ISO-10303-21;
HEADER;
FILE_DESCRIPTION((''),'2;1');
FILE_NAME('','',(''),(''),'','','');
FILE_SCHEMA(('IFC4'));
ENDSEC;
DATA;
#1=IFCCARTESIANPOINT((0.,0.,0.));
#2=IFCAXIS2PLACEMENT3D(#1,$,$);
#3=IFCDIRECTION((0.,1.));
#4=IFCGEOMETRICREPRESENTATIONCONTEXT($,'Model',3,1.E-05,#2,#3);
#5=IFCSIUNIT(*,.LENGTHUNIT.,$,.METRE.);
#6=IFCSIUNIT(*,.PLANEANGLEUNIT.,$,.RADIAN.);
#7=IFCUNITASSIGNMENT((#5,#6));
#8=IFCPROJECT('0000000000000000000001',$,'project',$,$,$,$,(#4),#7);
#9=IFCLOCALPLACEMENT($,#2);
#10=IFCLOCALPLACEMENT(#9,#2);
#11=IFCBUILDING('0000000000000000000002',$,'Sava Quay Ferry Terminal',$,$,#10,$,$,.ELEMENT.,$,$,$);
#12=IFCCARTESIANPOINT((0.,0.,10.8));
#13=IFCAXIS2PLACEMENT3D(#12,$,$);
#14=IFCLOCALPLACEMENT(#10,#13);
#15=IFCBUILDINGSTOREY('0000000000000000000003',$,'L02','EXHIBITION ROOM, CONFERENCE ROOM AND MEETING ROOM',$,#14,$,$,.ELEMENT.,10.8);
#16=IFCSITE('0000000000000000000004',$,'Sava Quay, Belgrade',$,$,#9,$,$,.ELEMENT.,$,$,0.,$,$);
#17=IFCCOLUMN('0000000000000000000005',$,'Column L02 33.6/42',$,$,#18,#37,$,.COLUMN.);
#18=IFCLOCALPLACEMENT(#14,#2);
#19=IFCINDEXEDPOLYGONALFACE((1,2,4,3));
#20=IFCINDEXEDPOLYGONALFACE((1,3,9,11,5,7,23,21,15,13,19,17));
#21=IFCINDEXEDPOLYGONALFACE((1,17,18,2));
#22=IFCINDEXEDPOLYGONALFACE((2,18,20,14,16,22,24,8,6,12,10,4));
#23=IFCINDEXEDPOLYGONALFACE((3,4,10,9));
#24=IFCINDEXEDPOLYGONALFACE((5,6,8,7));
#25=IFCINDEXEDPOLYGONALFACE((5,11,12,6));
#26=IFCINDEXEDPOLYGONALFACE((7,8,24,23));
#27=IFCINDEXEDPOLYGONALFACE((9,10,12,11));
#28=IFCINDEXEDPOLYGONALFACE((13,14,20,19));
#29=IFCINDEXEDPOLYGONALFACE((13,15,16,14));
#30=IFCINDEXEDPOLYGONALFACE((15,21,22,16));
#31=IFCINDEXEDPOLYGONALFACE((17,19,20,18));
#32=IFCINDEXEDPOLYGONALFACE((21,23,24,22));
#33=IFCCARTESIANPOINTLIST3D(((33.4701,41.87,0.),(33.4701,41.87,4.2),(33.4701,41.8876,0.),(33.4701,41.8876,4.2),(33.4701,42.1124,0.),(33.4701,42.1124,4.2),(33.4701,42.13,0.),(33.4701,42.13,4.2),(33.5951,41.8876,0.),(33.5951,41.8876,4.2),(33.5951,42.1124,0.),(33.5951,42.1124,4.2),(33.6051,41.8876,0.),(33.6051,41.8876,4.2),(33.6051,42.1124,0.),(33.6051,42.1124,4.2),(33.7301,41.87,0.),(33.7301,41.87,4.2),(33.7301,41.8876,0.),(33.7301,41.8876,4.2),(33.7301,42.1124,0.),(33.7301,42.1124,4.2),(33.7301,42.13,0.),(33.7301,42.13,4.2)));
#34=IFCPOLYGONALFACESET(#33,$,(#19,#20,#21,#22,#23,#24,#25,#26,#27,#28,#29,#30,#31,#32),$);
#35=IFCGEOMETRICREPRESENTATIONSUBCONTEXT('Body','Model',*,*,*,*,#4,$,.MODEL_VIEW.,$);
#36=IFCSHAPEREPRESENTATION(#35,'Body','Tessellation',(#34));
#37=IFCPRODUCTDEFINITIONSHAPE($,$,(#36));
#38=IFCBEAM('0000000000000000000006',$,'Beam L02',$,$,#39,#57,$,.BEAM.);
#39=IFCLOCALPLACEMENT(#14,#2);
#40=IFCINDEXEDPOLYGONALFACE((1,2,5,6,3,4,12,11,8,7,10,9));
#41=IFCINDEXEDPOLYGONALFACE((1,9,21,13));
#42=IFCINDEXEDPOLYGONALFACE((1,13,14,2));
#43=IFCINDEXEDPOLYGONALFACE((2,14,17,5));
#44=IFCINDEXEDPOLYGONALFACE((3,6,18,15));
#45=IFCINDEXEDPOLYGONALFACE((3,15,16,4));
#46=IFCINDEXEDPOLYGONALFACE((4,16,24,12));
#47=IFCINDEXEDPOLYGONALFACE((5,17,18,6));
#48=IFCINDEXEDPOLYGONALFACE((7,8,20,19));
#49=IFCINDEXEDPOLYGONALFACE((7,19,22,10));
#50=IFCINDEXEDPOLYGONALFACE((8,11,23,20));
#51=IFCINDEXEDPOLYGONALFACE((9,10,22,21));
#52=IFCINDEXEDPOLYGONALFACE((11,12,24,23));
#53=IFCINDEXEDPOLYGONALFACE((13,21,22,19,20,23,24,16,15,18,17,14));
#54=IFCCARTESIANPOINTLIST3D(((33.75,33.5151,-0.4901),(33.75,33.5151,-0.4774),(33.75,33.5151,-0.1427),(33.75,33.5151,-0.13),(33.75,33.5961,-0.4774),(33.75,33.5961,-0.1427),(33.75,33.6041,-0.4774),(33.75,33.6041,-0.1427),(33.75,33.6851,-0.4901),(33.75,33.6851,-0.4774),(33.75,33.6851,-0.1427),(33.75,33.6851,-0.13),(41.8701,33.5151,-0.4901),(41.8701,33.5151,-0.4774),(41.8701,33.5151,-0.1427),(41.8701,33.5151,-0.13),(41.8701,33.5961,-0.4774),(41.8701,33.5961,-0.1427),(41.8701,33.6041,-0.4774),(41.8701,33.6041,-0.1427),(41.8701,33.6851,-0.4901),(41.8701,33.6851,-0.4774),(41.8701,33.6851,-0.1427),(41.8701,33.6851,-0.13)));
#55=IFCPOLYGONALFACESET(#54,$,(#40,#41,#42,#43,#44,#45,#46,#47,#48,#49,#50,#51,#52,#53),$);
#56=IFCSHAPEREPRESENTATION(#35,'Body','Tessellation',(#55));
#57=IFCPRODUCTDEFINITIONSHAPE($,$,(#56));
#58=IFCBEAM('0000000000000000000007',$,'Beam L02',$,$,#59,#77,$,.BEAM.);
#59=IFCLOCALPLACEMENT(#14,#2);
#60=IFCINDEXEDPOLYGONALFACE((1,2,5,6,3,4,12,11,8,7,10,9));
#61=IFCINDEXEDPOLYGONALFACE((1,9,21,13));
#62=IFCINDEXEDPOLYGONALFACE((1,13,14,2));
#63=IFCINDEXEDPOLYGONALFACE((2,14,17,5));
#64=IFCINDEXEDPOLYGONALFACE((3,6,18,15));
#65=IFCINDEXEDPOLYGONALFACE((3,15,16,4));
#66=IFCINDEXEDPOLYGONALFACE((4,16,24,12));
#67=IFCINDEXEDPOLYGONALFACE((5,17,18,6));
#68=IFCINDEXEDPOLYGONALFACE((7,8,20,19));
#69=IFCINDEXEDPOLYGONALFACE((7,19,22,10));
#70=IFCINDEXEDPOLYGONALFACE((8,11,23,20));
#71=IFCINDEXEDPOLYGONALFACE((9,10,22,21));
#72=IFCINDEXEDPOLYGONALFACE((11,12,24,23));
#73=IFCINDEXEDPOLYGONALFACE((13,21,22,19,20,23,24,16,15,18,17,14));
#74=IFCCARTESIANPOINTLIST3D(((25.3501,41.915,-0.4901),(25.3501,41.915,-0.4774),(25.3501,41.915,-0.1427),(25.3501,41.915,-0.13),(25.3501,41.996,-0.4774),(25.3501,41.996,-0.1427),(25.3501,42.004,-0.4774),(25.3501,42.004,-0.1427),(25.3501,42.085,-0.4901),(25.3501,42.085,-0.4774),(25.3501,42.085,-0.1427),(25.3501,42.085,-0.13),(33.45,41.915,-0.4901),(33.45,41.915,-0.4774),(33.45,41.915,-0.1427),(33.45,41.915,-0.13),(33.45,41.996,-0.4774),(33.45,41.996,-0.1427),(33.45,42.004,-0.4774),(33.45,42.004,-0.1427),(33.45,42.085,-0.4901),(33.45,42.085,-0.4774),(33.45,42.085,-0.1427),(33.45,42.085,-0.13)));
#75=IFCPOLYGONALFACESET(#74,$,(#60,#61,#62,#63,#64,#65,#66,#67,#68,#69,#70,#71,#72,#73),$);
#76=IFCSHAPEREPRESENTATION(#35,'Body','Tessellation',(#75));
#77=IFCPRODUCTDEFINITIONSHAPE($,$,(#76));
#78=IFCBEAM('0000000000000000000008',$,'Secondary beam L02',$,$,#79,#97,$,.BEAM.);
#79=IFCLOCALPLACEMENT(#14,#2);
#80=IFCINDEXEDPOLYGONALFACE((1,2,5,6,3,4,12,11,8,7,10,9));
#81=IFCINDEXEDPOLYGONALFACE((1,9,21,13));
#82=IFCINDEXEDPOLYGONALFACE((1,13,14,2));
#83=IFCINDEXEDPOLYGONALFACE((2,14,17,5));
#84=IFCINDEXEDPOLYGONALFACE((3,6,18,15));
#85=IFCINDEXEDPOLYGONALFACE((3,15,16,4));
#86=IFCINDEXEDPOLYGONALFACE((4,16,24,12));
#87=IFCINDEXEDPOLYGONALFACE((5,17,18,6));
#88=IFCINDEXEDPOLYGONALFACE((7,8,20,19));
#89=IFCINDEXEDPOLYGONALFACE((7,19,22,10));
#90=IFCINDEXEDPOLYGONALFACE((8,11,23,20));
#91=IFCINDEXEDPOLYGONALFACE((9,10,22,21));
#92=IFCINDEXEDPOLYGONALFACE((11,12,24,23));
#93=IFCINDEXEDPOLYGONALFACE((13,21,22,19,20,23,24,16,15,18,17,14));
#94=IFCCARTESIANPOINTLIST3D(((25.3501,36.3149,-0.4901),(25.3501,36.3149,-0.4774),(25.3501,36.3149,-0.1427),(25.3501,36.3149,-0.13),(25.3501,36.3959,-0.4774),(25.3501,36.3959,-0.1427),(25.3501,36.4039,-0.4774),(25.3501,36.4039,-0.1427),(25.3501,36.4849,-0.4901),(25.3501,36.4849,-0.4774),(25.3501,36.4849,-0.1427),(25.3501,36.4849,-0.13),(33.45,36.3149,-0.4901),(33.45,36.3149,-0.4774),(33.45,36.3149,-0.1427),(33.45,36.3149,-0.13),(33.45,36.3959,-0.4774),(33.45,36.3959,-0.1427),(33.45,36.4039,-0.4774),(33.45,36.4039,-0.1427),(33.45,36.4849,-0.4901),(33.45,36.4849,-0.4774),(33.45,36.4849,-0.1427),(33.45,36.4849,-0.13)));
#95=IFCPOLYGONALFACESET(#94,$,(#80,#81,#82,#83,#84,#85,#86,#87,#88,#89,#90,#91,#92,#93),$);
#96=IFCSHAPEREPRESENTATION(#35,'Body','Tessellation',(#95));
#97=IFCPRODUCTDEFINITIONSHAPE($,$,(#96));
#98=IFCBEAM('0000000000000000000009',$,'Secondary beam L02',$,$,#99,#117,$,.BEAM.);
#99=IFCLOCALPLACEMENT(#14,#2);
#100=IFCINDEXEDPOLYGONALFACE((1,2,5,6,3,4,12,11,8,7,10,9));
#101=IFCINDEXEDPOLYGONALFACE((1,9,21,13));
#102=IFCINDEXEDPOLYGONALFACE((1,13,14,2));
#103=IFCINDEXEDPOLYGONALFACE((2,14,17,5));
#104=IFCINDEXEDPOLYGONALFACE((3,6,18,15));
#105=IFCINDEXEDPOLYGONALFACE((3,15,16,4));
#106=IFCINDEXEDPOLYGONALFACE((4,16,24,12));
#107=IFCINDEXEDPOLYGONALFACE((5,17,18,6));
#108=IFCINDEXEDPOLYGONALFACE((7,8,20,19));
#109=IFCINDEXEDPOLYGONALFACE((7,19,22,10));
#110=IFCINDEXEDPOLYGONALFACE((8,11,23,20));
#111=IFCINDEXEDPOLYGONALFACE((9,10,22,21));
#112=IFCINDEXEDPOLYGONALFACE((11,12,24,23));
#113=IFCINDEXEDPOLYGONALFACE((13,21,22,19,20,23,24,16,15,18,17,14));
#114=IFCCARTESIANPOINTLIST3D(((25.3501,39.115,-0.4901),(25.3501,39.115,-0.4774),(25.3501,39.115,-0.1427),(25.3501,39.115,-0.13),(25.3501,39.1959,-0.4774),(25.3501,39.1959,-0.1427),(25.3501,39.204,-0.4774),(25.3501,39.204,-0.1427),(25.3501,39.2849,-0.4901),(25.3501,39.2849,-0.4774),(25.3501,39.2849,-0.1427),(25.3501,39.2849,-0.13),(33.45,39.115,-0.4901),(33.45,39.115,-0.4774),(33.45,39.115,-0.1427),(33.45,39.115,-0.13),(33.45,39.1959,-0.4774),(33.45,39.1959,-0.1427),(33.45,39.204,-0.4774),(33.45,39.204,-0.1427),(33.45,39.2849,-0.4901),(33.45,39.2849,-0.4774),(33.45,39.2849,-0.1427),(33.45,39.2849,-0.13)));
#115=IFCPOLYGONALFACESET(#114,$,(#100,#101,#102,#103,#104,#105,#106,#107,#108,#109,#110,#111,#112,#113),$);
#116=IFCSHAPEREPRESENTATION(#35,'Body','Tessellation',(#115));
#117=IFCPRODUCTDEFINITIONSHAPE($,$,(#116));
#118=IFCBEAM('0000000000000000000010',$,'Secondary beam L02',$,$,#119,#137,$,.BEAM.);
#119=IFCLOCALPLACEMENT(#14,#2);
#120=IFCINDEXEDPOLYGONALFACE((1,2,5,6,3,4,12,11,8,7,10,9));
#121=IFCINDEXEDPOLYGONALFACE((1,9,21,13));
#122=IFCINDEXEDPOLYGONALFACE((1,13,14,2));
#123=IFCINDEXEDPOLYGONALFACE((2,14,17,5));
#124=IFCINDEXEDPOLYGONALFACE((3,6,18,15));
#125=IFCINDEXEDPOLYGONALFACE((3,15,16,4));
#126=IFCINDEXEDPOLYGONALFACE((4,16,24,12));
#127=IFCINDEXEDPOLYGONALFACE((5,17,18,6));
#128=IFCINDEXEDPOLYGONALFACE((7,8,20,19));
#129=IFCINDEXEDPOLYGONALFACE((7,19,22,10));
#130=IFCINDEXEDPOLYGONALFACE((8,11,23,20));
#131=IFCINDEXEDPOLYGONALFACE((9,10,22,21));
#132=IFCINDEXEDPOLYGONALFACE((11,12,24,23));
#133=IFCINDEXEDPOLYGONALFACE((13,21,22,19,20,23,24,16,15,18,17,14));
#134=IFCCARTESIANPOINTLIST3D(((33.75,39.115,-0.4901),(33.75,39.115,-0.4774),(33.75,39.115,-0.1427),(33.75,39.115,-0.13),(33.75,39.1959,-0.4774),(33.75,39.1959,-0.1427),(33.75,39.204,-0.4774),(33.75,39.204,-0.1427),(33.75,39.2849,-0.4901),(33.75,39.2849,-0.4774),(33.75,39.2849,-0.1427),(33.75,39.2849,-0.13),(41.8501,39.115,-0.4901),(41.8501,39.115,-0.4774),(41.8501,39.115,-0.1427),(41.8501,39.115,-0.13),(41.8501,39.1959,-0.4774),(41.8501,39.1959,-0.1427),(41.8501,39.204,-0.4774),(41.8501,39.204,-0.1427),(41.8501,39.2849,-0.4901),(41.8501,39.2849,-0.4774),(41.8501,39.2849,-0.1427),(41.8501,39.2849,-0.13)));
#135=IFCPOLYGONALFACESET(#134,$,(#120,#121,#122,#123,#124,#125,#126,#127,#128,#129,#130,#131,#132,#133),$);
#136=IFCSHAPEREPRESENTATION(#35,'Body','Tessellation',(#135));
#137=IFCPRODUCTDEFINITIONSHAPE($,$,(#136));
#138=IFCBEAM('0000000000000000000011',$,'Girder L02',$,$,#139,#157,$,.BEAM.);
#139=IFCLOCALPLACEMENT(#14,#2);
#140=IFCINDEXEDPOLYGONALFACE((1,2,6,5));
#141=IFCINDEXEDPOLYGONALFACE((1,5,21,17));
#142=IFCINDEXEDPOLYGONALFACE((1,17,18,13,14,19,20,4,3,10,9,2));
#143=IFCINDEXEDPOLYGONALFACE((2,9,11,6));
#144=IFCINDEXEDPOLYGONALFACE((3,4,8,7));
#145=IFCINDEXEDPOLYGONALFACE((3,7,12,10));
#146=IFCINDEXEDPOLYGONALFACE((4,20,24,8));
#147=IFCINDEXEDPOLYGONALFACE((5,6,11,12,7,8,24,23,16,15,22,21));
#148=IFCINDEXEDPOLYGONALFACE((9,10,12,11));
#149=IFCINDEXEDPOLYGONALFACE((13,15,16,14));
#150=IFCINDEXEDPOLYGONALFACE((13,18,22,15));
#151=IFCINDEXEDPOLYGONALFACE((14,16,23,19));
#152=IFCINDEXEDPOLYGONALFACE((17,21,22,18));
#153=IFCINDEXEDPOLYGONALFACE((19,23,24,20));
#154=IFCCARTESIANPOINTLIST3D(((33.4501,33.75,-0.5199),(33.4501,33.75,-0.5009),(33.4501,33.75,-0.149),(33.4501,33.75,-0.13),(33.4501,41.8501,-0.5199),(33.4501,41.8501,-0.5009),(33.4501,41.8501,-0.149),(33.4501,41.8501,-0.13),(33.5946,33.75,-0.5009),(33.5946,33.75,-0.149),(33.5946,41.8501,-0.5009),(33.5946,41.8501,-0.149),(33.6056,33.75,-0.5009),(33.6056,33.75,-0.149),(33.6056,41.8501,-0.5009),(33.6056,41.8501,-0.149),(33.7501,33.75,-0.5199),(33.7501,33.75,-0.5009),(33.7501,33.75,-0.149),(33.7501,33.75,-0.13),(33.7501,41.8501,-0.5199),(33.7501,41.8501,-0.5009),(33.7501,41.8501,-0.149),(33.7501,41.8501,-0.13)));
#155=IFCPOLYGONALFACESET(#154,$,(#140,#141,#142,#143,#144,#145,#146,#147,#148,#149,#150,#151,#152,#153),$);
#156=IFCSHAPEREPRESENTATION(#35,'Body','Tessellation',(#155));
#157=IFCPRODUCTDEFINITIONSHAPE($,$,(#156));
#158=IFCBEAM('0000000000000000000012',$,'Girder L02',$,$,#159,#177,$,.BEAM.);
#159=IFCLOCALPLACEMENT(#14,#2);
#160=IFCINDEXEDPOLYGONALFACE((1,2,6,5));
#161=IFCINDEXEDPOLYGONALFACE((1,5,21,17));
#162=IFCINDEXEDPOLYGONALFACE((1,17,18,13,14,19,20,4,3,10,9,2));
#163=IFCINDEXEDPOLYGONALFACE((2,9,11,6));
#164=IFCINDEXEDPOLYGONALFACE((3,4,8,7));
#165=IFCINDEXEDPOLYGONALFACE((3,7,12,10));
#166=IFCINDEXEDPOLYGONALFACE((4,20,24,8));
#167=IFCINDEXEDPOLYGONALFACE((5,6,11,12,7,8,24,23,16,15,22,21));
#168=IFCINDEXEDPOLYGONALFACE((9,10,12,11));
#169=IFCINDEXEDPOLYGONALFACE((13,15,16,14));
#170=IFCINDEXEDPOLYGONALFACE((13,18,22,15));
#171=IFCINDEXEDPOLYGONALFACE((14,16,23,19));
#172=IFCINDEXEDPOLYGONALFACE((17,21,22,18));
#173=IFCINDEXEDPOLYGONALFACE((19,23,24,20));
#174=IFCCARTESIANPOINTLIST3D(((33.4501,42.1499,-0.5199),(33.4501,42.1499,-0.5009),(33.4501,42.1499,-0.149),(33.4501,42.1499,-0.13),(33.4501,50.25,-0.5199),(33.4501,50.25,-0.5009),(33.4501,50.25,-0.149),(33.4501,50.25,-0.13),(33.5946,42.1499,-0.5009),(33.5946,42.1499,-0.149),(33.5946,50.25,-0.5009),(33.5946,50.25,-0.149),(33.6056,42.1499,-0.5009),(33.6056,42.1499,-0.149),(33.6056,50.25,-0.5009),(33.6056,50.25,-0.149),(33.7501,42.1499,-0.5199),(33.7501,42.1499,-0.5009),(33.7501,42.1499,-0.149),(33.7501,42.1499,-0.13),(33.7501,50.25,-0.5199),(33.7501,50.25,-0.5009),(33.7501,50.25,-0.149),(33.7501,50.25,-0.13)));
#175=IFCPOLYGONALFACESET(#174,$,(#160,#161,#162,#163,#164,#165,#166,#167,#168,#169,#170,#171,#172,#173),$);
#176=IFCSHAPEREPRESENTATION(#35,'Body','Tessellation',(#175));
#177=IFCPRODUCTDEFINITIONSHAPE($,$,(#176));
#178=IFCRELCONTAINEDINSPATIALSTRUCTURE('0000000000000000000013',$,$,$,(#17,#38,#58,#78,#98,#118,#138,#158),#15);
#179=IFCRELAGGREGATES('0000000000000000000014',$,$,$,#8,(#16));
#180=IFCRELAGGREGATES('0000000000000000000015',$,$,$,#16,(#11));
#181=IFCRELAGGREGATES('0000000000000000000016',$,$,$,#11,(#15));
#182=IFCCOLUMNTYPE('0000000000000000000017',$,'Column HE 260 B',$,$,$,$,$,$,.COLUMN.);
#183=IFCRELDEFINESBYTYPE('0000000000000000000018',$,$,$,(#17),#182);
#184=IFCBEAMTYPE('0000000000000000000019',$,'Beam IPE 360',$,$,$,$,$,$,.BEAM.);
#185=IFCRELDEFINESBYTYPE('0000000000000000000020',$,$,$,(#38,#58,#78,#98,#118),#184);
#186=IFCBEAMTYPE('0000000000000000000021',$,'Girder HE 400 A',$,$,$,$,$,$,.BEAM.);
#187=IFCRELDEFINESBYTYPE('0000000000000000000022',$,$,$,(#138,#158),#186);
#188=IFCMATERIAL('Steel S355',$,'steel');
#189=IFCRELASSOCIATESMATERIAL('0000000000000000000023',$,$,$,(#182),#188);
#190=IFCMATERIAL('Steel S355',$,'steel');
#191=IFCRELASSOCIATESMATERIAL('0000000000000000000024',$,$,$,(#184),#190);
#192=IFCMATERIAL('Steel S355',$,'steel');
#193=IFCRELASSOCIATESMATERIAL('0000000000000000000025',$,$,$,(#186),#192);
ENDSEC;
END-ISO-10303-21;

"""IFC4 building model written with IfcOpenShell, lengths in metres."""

from ifc_helpers import new_model, si_unit, direction, frame, origin, origin_2d, place, context, subcontext, project, spatial, i_section, extrude, material, material_profile, profile_set, type_object, element, save


model = new_model("IFC4")

# Units and contexts
model_context = context("Model", 3, precision=1e-05, world=origin(), true_north=direction((0.0, 1.0)))
body_context = subcontext(model_context, "Body", "Model", "MODEL_VIEW")
ifc_project = project(units=[si_unit("LENGTHUNIT", "METRE"), si_unit("PLANEANGLEUNIT", "RADIAN")], contexts=[model_context])

# Site, building, storey
site_placement = place(None, origin())
site = spatial("IfcSite", under=ifc_project, at=site_placement, Name="Sava Quay, Belgrade", CompositionType="ELEMENT", RefElevation=0.0)
building_placement = place(site_placement, origin())
building = spatial("IfcBuilding", under=site, at=building_placement, Name="Sava Quay Ferry Terminal", CompositionType="ELEMENT")
storey_placement = place(building_placement, frame((0.0, 0.0, 10.8)))
storey = spatial("IfcBuildingStorey", under=building, at=storey_placement, Name="L02", Description="EXHIBITION ROOM, CONFERENCE ROOM AND MEETING ROOM", CompositionType="ELEMENT", Elevation=10.8)

# Column
ifc_material_1 = material(Name="Steel S355", Category="steel")
ifc_material_profile_1 = material_profile(ifc_material_1, i_section(OverallWidth=0.26, OverallDepth=0.26, WebThickness=0.01, FlangeThickness=0.0176, at=origin_2d()), Name="HE 260 B")
ifc_profile_set_1 = profile_set([ifc_material_profile_1], Name="Steel S355")
column_type = type_object("IfcColumnType", Name="Column HE 260 B", PredefinedType="COLUMN", material=ifc_profile_set_1)
column_placement = place(storey_placement, frame((33.6001, 42.0, 0.0), z_axis=(0.0, 0.0, 1.0), x_axis=(1.0, 0.0, 0.0)))
element("IfcColumn", 1, at=column_placement, inside=storey, type_object=column_type, Name="Column L02 33.6/42", PredefinedType="COLUMN", context=body_context, shape_type="SweptSolid", body=[
    extrude(i_section(OverallWidth=0.26, OverallDepth=0.26, WebThickness=0.01, FlangeThickness=0.0176, at=origin_2d()), origin(), (0.0, 0.0, 1.0), 4.2),
])

# Beams
ifc_material_2 = material(Name="Steel S355", Category="steel")
ifc_material_profile_2 = material_profile(ifc_material_2, i_section(OverallWidth=0.1699, OverallDepth=0.3601, WebThickness=0.0081, FlangeThickness=0.0127, at=origin_2d()), Name="IPE 360")
ifc_profile_set_2 = profile_set([ifc_material_profile_2], Name="Steel S355")
beam_type_1 = type_object("IfcBeamType", Name="Beam IPE 360", PredefinedType="BEAM", material=ifc_profile_set_2)
beam_1_placement = place(storey_placement, frame((33.75, 33.6001, -0.3101), z_axis=(1.0, 0.0, 0.0), x_axis=(0.0, 1.0, 0.0)))
element("IfcBeam", 2, at=beam_1_placement, inside=storey, type_object=beam_type_1, Name="Beam L02", PredefinedType="BEAM", context=body_context, shape_type="SweptSolid", body=[
    extrude(i_section(OverallWidth=0.1699, OverallDepth=0.3601, WebThickness=0.0081, FlangeThickness=0.0127, at=origin_2d()), origin(), (0.0, 0.0, 1.0), 8.1201),
])
for number, where, z_axis, x_axis, name in (
    (3, (25.3501, 42.0, -0.3101), (1.0, 0.0, 0.0), (0.0, 1.0, 0.0), "Beam L02"),
    (4, (25.3501, 36.3999, -0.3101), (1.0, 0.0, 0.0), (0.0, 1.0, 0.0), "Secondary beam L02"),
    (5, (25.3501, 39.2, -0.3101), (1.0, 0.0, 0.0), (0.0, 1.0, 0.0), "Secondary beam L02"),
):
    element("IfcBeam", number, at=place(storey_placement, frame(where, z_axis=z_axis, x_axis=x_axis)), inside=storey, type_object=beam_type_1, Name=name, PredefinedType="BEAM", context=body_context, shape_type="SweptSolid", body=[
        extrude(i_section(OverallWidth=0.1699, OverallDepth=0.3601, WebThickness=0.0081, FlangeThickness=0.0127, at=origin_2d()), origin(), (0.0, 0.0, 1.0), 8.0999),
    ])
beam_2_placement = place(storey_placement, frame((33.75, 39.2, -0.3101), z_axis=(1.0, 0.0, 0.0), x_axis=(0.0, 1.0, 0.0)))
element("IfcBeam", 6, at=beam_2_placement, inside=storey, type_object=beam_type_1, Name="Secondary beam L02", PredefinedType="BEAM", context=body_context, shape_type="SweptSolid", body=[
    extrude(i_section(OverallWidth=0.1699, OverallDepth=0.3601, WebThickness=0.0081, FlangeThickness=0.0127, at=origin_2d()), origin(), (0.0, 0.0, 1.0), 8.1001),
])
ifc_material_3 = material(Name="Steel S355", Category="steel")
ifc_material_profile_3 = material_profile(ifc_material_3, i_section(OverallWidth=0.3, OverallDepth=0.3899, WebThickness=0.011, FlangeThickness=0.019, at=origin_2d()), Name="HE 400 A")
ifc_profile_set_3 = profile_set([ifc_material_profile_3], Name="Steel S355")
beam_type_2 = type_object("IfcBeamType", Name="Girder HE 400 A", PredefinedType="BEAM", material=ifc_profile_set_3)
for number, where, z_axis, x_axis, name in (
    (7, (33.6001, 33.75, -0.325), (0.0, 1.0, 0.0), (-1.0, 0.0, 0.0), "Girder L02"),
    (8, (33.6001, 42.1499, -0.325), (0.0, 1.0, 0.0), (-1.0, 0.0, 0.0), "Girder L02"),
):
    element("IfcBeam", number, at=place(storey_placement, frame(where, z_axis=z_axis, x_axis=x_axis)), inside=storey, type_object=beam_type_2, Name=name, PredefinedType="BEAM", context=body_context, shape_type="SweptSolid", body=[
        extrude(i_section(OverallWidth=0.3, OverallDepth=0.3899, WebThickness=0.011, FlangeThickness=0.019, at=origin_2d()), origin(), (0.0, 0.0, 1.0), 8.1001),
    ])

save(model, "model.ifc")
